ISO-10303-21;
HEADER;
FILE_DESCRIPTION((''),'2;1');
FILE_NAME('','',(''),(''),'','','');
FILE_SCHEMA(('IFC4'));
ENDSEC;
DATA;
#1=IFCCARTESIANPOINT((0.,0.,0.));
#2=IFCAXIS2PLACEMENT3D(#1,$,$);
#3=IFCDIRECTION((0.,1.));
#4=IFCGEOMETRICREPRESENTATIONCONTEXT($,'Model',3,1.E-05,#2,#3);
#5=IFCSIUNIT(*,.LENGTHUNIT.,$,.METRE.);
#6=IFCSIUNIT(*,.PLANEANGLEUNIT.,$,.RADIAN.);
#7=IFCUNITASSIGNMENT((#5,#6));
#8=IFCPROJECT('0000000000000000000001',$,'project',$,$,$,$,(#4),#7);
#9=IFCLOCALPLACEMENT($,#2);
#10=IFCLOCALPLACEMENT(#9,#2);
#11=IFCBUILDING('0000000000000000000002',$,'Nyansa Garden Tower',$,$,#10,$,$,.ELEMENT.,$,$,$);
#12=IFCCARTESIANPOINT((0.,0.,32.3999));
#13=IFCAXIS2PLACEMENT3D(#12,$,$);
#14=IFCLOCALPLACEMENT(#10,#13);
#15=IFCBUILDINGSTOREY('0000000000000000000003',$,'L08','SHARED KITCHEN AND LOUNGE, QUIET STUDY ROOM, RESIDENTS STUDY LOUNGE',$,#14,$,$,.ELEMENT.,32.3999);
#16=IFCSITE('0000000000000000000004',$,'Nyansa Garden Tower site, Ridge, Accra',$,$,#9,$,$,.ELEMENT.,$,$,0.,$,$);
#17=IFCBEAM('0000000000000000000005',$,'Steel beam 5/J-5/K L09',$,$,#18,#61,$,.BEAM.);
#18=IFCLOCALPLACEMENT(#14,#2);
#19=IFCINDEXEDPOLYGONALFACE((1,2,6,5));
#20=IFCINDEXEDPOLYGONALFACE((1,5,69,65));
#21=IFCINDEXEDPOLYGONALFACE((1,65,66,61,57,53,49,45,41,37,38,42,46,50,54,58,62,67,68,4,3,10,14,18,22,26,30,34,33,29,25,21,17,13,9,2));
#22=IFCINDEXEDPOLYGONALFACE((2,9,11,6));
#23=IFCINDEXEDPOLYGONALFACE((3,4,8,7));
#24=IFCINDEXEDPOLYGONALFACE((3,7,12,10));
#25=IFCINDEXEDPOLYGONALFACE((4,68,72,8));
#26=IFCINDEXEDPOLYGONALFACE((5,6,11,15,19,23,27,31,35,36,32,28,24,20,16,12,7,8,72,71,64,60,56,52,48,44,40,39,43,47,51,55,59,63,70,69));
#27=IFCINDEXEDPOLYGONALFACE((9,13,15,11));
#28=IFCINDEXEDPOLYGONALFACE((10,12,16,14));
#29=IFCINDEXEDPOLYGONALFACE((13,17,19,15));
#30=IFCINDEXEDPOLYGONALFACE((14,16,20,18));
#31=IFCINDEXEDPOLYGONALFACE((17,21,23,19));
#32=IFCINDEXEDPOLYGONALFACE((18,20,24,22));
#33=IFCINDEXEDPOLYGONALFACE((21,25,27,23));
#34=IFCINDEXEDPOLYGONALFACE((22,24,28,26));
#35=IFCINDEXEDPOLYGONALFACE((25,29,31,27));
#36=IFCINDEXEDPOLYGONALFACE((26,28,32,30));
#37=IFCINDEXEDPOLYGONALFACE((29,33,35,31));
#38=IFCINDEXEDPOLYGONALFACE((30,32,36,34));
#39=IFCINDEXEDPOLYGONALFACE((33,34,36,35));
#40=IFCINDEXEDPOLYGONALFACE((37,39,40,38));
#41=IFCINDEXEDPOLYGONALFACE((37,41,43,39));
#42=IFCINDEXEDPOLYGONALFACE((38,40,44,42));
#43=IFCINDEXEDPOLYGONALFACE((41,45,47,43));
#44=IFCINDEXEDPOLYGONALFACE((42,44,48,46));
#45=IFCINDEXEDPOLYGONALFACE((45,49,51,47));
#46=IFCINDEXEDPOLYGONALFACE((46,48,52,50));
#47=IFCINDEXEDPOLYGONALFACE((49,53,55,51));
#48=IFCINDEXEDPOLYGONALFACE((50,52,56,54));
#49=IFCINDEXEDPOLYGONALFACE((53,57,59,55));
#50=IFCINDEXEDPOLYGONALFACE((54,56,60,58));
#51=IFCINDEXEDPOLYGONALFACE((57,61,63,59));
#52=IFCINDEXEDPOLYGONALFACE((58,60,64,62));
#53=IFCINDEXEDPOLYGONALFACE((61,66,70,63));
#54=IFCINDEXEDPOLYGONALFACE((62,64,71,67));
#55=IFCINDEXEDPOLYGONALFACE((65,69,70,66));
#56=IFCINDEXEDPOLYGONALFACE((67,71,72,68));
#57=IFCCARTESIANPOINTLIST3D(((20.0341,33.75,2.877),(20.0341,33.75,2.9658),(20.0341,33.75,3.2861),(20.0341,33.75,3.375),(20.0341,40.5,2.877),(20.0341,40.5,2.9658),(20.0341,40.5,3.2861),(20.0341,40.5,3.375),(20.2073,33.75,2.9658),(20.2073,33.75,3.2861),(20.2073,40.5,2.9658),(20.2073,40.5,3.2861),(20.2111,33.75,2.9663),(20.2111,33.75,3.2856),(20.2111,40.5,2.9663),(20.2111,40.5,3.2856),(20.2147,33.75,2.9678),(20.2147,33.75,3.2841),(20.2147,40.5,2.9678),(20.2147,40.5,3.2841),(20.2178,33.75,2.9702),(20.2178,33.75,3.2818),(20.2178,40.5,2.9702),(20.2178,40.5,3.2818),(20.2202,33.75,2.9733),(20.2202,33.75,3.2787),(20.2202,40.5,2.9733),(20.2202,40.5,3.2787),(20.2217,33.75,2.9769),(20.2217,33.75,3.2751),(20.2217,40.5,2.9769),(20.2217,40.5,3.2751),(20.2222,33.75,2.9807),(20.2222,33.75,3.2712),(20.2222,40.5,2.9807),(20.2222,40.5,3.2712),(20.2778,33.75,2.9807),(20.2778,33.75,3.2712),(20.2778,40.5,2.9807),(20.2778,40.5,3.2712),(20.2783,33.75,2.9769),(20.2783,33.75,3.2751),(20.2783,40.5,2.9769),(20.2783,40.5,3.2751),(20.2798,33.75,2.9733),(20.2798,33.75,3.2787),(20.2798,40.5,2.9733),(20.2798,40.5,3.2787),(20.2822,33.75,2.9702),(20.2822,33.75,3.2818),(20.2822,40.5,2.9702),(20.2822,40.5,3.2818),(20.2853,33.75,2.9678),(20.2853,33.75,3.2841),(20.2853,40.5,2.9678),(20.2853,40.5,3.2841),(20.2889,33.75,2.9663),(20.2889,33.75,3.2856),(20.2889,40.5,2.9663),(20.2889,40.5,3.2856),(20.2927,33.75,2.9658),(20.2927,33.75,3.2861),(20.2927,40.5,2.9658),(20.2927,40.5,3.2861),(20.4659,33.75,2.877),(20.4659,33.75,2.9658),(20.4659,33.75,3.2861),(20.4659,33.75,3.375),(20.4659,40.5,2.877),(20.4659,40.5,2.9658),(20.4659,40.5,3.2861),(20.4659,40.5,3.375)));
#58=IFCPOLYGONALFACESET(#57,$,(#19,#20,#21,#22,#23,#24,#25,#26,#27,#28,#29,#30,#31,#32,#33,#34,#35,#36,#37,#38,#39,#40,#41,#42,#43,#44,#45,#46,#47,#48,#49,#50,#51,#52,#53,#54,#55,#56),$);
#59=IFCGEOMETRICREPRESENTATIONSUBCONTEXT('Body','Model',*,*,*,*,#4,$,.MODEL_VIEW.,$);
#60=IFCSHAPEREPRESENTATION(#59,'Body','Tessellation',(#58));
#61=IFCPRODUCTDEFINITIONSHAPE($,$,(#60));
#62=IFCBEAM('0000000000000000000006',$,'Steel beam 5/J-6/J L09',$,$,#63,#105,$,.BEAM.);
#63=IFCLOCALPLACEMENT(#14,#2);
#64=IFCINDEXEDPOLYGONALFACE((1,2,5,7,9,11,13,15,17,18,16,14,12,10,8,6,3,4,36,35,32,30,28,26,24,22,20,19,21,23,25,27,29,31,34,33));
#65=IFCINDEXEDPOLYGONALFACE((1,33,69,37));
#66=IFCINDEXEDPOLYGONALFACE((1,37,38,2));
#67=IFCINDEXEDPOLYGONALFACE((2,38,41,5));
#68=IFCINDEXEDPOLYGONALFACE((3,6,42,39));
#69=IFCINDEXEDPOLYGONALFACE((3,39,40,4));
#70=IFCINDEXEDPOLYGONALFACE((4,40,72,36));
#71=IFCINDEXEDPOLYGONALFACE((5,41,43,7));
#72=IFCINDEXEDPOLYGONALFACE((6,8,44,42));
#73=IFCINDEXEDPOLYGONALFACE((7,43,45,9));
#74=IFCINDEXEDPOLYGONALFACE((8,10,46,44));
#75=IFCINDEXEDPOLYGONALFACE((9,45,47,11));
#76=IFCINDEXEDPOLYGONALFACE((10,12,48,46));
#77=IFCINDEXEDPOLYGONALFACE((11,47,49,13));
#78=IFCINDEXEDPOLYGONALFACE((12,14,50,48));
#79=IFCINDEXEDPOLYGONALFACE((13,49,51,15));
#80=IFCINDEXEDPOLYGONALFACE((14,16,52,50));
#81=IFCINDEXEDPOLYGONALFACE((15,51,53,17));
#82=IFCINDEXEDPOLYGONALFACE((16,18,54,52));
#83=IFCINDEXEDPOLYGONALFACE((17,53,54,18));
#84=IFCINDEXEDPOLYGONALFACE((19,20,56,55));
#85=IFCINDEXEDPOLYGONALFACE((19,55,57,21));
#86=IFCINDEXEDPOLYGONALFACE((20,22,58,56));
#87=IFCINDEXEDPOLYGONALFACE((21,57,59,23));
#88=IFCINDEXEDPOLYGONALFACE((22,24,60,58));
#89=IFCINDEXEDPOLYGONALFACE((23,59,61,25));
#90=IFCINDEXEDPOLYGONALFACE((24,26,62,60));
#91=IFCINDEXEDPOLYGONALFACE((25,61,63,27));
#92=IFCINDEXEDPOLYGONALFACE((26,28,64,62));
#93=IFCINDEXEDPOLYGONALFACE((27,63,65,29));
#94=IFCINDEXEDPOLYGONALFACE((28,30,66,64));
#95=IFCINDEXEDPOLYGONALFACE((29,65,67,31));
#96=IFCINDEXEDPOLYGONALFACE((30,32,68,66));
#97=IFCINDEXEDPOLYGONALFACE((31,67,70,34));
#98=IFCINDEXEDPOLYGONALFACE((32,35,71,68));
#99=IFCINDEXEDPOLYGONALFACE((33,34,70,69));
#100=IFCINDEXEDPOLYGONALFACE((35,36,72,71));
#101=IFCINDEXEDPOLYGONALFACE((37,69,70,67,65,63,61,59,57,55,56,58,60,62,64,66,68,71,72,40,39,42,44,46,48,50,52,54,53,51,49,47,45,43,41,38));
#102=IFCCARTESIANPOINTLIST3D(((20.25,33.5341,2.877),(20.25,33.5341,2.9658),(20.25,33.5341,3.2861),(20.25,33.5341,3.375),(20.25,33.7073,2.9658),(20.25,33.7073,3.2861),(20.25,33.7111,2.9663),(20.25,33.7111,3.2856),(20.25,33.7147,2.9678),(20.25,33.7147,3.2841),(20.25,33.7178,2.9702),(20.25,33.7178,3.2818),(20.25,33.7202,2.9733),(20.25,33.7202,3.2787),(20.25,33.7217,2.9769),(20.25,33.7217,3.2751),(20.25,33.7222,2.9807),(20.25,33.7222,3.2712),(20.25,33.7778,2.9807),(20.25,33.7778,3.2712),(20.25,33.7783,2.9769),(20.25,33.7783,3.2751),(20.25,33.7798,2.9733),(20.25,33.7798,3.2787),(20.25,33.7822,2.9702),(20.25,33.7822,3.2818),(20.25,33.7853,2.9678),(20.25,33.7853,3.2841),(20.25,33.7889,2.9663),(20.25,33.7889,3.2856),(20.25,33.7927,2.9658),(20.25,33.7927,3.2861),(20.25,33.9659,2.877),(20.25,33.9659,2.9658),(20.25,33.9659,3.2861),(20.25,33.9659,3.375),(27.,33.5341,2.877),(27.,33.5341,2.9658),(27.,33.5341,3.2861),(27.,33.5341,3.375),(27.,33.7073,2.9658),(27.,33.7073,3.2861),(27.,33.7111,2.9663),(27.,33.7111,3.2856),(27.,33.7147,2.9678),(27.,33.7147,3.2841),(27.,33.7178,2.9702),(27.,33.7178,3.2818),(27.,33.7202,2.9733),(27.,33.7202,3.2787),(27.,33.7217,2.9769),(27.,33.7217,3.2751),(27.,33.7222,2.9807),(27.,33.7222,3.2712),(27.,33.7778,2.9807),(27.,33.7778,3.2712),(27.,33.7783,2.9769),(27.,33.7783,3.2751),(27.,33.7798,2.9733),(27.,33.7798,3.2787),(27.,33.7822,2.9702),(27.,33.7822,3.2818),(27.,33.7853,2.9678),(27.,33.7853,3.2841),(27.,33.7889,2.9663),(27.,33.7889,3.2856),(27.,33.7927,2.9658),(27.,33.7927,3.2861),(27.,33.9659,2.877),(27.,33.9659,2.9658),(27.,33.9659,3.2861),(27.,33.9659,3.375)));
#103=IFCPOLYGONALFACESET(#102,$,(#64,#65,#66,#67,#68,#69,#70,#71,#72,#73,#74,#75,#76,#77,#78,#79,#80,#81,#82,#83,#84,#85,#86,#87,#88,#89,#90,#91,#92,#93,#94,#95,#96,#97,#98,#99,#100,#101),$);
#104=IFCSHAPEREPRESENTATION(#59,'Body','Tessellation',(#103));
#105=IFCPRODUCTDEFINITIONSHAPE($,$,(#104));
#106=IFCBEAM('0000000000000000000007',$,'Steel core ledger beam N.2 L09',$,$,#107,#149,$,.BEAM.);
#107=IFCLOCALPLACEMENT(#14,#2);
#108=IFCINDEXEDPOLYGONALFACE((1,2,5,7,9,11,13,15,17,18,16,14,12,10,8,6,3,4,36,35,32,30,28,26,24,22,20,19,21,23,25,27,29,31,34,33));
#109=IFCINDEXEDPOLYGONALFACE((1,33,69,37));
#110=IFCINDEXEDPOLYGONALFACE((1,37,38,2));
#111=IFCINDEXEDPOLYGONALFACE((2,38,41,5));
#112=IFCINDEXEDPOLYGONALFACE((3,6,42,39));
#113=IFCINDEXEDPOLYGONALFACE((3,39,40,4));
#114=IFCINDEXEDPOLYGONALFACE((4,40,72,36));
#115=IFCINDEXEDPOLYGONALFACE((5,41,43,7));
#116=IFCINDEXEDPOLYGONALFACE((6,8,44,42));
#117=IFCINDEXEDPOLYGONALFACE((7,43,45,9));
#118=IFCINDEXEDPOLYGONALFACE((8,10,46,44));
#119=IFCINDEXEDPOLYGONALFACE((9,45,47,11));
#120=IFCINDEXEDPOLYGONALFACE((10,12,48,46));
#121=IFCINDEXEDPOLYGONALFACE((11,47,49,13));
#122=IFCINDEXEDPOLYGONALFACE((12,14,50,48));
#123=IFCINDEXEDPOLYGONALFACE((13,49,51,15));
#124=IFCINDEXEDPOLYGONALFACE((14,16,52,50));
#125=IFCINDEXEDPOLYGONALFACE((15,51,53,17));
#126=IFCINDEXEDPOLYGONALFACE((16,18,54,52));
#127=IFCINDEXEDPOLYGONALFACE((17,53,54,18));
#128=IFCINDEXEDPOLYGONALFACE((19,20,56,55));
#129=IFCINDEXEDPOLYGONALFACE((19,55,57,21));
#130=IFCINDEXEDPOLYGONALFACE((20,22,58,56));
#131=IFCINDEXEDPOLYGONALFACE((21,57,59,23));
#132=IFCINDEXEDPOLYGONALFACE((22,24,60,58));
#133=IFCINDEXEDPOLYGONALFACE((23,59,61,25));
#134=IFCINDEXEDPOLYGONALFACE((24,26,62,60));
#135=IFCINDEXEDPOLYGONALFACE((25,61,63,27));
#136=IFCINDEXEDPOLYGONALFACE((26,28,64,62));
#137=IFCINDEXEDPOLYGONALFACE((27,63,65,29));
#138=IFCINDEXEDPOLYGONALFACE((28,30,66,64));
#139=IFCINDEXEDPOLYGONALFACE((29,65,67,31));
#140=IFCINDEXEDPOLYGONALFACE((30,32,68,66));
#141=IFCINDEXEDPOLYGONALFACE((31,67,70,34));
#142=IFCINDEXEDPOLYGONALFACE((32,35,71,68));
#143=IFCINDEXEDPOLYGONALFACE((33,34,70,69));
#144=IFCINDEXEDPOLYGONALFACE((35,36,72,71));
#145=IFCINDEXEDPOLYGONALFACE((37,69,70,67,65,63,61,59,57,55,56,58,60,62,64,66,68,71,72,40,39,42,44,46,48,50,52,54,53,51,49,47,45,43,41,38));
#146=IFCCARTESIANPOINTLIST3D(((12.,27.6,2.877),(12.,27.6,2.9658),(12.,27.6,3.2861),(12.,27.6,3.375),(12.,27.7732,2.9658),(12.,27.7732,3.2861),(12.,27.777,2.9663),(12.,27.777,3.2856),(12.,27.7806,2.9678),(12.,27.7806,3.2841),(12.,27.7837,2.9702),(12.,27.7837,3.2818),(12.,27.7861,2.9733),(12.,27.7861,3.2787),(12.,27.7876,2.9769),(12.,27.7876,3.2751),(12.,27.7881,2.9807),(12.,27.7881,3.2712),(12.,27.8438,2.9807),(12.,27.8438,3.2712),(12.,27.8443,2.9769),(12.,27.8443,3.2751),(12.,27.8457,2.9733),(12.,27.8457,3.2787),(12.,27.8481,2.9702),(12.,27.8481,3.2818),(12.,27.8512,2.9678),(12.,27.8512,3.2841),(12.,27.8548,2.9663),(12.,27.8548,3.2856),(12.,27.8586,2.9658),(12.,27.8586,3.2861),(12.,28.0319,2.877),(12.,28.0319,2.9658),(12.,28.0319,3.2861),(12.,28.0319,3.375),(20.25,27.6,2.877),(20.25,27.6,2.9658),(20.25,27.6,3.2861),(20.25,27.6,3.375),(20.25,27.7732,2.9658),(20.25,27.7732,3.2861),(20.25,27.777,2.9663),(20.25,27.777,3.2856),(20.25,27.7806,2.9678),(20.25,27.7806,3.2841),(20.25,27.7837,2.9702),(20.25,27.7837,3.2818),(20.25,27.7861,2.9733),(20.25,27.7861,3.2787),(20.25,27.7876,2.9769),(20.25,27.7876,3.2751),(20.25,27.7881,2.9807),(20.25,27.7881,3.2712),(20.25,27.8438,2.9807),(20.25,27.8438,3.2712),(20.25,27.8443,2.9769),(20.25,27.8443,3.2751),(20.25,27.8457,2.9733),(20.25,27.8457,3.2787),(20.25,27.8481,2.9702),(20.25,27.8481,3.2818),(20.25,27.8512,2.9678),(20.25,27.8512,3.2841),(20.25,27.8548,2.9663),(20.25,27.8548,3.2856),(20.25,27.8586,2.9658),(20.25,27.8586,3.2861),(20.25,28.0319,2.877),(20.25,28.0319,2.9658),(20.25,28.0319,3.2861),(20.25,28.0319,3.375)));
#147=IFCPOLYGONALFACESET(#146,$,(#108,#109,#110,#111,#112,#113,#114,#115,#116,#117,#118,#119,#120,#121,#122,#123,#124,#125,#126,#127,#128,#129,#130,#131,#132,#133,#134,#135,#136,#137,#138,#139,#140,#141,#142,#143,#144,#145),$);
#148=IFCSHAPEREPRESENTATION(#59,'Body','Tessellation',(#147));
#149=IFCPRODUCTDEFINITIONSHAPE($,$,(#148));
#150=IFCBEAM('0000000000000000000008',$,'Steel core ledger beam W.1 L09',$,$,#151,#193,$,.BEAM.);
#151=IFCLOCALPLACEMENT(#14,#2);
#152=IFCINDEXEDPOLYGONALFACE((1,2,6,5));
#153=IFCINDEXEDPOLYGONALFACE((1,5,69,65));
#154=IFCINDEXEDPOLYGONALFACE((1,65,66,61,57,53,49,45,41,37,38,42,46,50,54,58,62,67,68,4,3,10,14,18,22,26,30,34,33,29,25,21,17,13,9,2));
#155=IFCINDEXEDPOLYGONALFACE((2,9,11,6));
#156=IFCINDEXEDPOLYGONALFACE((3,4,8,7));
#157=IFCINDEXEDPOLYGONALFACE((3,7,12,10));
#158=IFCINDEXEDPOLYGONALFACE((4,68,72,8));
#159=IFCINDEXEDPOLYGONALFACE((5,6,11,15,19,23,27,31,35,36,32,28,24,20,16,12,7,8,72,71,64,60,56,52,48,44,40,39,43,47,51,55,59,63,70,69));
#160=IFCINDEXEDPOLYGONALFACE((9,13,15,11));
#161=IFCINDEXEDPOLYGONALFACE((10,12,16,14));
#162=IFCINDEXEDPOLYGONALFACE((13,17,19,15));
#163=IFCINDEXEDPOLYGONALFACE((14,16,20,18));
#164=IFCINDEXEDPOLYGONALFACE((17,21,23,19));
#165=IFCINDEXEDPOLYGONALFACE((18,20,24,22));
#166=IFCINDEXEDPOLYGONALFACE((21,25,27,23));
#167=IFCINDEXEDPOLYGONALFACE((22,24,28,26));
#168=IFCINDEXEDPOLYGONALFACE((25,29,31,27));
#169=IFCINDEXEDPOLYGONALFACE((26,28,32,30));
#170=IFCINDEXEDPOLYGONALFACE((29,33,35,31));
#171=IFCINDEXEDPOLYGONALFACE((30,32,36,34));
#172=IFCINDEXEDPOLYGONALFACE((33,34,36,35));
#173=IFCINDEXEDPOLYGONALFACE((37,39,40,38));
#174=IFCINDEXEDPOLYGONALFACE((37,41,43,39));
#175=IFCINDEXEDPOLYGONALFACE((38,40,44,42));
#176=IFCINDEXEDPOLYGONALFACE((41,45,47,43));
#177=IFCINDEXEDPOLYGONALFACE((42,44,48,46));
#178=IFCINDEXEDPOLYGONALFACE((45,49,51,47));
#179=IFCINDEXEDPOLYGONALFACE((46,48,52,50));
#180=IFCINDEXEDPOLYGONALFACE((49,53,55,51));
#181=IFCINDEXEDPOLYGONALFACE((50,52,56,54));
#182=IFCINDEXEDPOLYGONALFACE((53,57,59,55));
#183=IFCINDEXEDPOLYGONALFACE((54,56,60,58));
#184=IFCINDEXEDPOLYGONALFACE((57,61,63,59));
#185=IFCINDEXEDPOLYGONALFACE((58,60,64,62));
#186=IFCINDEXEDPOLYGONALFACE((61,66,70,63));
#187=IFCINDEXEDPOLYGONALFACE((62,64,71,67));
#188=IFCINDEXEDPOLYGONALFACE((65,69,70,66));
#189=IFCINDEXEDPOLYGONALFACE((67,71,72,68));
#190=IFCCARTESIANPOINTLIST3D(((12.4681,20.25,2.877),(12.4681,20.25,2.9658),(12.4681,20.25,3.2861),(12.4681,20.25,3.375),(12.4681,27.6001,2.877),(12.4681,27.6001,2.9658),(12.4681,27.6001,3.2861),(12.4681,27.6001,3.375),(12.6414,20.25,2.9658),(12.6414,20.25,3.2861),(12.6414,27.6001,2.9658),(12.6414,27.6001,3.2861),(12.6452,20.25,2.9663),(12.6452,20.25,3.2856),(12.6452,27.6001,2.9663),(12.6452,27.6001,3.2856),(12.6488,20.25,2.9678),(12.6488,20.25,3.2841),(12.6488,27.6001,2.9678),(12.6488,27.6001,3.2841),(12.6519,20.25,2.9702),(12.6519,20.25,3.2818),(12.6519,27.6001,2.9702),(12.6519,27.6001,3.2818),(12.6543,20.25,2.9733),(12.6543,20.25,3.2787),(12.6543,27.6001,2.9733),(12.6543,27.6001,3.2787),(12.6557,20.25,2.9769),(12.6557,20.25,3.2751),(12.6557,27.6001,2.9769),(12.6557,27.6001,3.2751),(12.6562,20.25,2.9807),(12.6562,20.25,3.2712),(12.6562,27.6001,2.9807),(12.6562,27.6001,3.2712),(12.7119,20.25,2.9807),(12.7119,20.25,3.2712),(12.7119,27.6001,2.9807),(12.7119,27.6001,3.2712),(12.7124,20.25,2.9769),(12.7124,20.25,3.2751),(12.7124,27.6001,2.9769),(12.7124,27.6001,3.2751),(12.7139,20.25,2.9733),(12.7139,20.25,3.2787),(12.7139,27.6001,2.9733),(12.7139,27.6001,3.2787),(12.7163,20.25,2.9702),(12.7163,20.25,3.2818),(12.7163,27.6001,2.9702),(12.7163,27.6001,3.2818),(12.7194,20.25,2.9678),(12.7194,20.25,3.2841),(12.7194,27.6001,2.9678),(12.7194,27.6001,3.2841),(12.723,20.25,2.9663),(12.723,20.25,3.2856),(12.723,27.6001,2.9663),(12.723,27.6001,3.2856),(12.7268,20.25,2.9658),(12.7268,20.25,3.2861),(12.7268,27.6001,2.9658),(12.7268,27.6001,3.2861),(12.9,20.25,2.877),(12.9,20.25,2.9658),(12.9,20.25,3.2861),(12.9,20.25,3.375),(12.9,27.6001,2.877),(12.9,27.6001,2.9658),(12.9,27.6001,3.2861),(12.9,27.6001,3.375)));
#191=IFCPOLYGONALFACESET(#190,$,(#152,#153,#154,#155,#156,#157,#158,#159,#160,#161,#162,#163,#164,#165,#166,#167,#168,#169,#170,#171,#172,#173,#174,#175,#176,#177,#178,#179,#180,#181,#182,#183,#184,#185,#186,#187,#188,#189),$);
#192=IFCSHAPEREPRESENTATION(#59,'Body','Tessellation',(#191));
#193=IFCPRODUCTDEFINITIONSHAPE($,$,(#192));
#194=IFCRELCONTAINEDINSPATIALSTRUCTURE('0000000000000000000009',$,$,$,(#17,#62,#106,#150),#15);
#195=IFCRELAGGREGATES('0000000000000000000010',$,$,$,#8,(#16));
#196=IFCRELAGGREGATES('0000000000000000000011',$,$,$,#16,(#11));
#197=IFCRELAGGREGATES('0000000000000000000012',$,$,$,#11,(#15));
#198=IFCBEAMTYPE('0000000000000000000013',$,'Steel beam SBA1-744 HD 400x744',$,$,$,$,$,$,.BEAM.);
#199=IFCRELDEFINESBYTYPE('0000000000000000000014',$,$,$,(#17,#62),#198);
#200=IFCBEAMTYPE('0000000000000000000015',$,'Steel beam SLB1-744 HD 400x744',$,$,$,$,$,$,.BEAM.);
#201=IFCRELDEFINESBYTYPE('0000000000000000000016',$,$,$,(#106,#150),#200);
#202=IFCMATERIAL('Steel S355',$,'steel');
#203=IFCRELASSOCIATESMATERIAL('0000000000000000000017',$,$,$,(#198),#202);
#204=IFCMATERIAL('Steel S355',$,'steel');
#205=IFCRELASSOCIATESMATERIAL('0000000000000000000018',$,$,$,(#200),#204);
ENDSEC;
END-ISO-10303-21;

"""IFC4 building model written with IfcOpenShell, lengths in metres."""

from ifc_helpers import new_model, si_unit, direction, frame, origin, origin_2d, place, context, subcontext, project, spatial, i_section, extrude, material, material_profile, profile_set, type_object, element, save


model = new_model("IFC4")

# Units and contexts
model_context = context("Model", 3, precision=1e-05, world=origin(), true_north=direction((0.0, 1.0)))
body_context = subcontext(model_context, "Body", "Model", "MODEL_VIEW")
ifc_project = project(units=[si_unit("LENGTHUNIT", "METRE"), si_unit("PLANEANGLEUNIT", "RADIAN")], contexts=[model_context])

# Site, building, storey
site_placement = place(None, origin())
site = spatial("IfcSite", under=ifc_project, at=site_placement, Name="Nyansa Garden Tower site, Ridge, Accra", CompositionType="ELEMENT", RefElevation=0.0)
building_placement = place(site_placement, origin())
building = spatial("IfcBuilding", under=site, at=building_placement, Name="Nyansa Garden Tower", CompositionType="ELEMENT")
storey_placement = place(building_placement, frame((0.0, 0.0, 32.3999)))
storey = spatial("IfcBuildingStorey", under=building, at=storey_placement, Name="L08", Description="SHARED KITCHEN AND LOUNGE, QUIET STUDY ROOM, RESIDENTS STUDY LOUNGE", CompositionType="ELEMENT", Elevation=32.3999)

# Beams
ifc_material_1 = material(Name="Steel S355", Category="steel")
ifc_material_profile_1 = material_profile(ifc_material_1, i_section(OverallWidth=0.4319, OverallDepth=0.498, WebThickness=0.0557, FlangeThickness=0.0889, FilletRadius=0.0149, at=origin_2d()), Name="HD 400x744")
ifc_profile_set_1 = profile_set([ifc_material_profile_1], Name="Steel S355")
beam_type_1 = type_object("IfcBeamType", Name="Steel beam SBA1-744 HD 400x744", PredefinedType="BEAM", material=ifc_profile_set_1)
for number, where, z_axis, x_axis, name in (
    (1, (20.25, 33.75, 3.126), (0.0, 1.0, 0.0), (-1.0, 0.0, 0.0), "Steel beam 5/J-5/K L09"),
    (2, (20.25, 33.75, 3.126), (1.0, 0.0, 0.0), (0.0, 1.0, 0.0), "Steel beam 5/J-6/J L09"),
):
    element("IfcBeam", number, at=place(storey_placement, frame(where, z_axis=z_axis, x_axis=x_axis)), inside=storey, type_object=beam_type_1, Name=name, PredefinedType="BEAM", context=body_context, shape_type="SweptSolid", body=[
        extrude(i_section(OverallWidth=0.4319, OverallDepth=0.498, WebThickness=0.0557, FlangeThickness=0.0889, FilletRadius=0.0149, at=origin_2d()), origin(), (0.0, 0.0, 1.0), 6.75),
    ])
ifc_material_2 = material(Name="Steel S355", Category="steel")
ifc_material_profile_2 = material_profile(ifc_material_2, i_section(OverallWidth=0.4319, OverallDepth=0.498, WebThickness=0.0557, FlangeThickness=0.0889, FilletRadius=0.0149, at=origin_2d()), Name="HD 400x744")
ifc_profile_set_2 = profile_set([ifc_material_profile_2], Name="Steel S355")
beam_type_2 = type_object("IfcBeamType", Name="Steel beam SLB1-744 HD 400x744", PredefinedType="BEAM", material=ifc_profile_set_2)
beam_1_placement = place(storey_placement, frame((20.25, 27.8159, 3.126), z_axis=(-1.0, 0.0, 0.0), x_axis=(0.0, -1.0, 0.0)))
element("IfcBeam", 3, at=beam_1_placement, inside=storey, type_object=beam_type_2, Name="Steel core ledger beam N.2 L09", PredefinedType="BEAM", context=body_context, shape_type="SweptSolid", body=[
    extrude(i_section(OverallWidth=0.4319, OverallDepth=0.498, WebThickness=0.0557, FlangeThickness=0.0889, FilletRadius=0.0149, at=origin_2d()), origin(), (0.0, 0.0, 1.0), 8.25),
])
for number, where, z_axis, x_axis, name in (
    (4, (12.6841, 27.6001, 3.126), (0.0, -1.0, 0.0), (1.0, 0.0, 0.0), "Steel core ledger beam W.1 L09"),
):
    element("IfcBeam", number, at=place(storey_placement, frame(where, z_axis=z_axis, x_axis=x_axis)), inside=storey, type_object=beam_type_2, Name=name, PredefinedType="BEAM", context=body_context, shape_type="SweptSolid", body=[
        extrude(i_section(OverallWidth=0.4319, OverallDepth=0.498, WebThickness=0.0557, FlangeThickness=0.0889, FilletRadius=0.0149, at=origin_2d()), origin(), (0.0, 0.0, 1.0), 7.3501),
    ])

save(model, "model.ifc")
